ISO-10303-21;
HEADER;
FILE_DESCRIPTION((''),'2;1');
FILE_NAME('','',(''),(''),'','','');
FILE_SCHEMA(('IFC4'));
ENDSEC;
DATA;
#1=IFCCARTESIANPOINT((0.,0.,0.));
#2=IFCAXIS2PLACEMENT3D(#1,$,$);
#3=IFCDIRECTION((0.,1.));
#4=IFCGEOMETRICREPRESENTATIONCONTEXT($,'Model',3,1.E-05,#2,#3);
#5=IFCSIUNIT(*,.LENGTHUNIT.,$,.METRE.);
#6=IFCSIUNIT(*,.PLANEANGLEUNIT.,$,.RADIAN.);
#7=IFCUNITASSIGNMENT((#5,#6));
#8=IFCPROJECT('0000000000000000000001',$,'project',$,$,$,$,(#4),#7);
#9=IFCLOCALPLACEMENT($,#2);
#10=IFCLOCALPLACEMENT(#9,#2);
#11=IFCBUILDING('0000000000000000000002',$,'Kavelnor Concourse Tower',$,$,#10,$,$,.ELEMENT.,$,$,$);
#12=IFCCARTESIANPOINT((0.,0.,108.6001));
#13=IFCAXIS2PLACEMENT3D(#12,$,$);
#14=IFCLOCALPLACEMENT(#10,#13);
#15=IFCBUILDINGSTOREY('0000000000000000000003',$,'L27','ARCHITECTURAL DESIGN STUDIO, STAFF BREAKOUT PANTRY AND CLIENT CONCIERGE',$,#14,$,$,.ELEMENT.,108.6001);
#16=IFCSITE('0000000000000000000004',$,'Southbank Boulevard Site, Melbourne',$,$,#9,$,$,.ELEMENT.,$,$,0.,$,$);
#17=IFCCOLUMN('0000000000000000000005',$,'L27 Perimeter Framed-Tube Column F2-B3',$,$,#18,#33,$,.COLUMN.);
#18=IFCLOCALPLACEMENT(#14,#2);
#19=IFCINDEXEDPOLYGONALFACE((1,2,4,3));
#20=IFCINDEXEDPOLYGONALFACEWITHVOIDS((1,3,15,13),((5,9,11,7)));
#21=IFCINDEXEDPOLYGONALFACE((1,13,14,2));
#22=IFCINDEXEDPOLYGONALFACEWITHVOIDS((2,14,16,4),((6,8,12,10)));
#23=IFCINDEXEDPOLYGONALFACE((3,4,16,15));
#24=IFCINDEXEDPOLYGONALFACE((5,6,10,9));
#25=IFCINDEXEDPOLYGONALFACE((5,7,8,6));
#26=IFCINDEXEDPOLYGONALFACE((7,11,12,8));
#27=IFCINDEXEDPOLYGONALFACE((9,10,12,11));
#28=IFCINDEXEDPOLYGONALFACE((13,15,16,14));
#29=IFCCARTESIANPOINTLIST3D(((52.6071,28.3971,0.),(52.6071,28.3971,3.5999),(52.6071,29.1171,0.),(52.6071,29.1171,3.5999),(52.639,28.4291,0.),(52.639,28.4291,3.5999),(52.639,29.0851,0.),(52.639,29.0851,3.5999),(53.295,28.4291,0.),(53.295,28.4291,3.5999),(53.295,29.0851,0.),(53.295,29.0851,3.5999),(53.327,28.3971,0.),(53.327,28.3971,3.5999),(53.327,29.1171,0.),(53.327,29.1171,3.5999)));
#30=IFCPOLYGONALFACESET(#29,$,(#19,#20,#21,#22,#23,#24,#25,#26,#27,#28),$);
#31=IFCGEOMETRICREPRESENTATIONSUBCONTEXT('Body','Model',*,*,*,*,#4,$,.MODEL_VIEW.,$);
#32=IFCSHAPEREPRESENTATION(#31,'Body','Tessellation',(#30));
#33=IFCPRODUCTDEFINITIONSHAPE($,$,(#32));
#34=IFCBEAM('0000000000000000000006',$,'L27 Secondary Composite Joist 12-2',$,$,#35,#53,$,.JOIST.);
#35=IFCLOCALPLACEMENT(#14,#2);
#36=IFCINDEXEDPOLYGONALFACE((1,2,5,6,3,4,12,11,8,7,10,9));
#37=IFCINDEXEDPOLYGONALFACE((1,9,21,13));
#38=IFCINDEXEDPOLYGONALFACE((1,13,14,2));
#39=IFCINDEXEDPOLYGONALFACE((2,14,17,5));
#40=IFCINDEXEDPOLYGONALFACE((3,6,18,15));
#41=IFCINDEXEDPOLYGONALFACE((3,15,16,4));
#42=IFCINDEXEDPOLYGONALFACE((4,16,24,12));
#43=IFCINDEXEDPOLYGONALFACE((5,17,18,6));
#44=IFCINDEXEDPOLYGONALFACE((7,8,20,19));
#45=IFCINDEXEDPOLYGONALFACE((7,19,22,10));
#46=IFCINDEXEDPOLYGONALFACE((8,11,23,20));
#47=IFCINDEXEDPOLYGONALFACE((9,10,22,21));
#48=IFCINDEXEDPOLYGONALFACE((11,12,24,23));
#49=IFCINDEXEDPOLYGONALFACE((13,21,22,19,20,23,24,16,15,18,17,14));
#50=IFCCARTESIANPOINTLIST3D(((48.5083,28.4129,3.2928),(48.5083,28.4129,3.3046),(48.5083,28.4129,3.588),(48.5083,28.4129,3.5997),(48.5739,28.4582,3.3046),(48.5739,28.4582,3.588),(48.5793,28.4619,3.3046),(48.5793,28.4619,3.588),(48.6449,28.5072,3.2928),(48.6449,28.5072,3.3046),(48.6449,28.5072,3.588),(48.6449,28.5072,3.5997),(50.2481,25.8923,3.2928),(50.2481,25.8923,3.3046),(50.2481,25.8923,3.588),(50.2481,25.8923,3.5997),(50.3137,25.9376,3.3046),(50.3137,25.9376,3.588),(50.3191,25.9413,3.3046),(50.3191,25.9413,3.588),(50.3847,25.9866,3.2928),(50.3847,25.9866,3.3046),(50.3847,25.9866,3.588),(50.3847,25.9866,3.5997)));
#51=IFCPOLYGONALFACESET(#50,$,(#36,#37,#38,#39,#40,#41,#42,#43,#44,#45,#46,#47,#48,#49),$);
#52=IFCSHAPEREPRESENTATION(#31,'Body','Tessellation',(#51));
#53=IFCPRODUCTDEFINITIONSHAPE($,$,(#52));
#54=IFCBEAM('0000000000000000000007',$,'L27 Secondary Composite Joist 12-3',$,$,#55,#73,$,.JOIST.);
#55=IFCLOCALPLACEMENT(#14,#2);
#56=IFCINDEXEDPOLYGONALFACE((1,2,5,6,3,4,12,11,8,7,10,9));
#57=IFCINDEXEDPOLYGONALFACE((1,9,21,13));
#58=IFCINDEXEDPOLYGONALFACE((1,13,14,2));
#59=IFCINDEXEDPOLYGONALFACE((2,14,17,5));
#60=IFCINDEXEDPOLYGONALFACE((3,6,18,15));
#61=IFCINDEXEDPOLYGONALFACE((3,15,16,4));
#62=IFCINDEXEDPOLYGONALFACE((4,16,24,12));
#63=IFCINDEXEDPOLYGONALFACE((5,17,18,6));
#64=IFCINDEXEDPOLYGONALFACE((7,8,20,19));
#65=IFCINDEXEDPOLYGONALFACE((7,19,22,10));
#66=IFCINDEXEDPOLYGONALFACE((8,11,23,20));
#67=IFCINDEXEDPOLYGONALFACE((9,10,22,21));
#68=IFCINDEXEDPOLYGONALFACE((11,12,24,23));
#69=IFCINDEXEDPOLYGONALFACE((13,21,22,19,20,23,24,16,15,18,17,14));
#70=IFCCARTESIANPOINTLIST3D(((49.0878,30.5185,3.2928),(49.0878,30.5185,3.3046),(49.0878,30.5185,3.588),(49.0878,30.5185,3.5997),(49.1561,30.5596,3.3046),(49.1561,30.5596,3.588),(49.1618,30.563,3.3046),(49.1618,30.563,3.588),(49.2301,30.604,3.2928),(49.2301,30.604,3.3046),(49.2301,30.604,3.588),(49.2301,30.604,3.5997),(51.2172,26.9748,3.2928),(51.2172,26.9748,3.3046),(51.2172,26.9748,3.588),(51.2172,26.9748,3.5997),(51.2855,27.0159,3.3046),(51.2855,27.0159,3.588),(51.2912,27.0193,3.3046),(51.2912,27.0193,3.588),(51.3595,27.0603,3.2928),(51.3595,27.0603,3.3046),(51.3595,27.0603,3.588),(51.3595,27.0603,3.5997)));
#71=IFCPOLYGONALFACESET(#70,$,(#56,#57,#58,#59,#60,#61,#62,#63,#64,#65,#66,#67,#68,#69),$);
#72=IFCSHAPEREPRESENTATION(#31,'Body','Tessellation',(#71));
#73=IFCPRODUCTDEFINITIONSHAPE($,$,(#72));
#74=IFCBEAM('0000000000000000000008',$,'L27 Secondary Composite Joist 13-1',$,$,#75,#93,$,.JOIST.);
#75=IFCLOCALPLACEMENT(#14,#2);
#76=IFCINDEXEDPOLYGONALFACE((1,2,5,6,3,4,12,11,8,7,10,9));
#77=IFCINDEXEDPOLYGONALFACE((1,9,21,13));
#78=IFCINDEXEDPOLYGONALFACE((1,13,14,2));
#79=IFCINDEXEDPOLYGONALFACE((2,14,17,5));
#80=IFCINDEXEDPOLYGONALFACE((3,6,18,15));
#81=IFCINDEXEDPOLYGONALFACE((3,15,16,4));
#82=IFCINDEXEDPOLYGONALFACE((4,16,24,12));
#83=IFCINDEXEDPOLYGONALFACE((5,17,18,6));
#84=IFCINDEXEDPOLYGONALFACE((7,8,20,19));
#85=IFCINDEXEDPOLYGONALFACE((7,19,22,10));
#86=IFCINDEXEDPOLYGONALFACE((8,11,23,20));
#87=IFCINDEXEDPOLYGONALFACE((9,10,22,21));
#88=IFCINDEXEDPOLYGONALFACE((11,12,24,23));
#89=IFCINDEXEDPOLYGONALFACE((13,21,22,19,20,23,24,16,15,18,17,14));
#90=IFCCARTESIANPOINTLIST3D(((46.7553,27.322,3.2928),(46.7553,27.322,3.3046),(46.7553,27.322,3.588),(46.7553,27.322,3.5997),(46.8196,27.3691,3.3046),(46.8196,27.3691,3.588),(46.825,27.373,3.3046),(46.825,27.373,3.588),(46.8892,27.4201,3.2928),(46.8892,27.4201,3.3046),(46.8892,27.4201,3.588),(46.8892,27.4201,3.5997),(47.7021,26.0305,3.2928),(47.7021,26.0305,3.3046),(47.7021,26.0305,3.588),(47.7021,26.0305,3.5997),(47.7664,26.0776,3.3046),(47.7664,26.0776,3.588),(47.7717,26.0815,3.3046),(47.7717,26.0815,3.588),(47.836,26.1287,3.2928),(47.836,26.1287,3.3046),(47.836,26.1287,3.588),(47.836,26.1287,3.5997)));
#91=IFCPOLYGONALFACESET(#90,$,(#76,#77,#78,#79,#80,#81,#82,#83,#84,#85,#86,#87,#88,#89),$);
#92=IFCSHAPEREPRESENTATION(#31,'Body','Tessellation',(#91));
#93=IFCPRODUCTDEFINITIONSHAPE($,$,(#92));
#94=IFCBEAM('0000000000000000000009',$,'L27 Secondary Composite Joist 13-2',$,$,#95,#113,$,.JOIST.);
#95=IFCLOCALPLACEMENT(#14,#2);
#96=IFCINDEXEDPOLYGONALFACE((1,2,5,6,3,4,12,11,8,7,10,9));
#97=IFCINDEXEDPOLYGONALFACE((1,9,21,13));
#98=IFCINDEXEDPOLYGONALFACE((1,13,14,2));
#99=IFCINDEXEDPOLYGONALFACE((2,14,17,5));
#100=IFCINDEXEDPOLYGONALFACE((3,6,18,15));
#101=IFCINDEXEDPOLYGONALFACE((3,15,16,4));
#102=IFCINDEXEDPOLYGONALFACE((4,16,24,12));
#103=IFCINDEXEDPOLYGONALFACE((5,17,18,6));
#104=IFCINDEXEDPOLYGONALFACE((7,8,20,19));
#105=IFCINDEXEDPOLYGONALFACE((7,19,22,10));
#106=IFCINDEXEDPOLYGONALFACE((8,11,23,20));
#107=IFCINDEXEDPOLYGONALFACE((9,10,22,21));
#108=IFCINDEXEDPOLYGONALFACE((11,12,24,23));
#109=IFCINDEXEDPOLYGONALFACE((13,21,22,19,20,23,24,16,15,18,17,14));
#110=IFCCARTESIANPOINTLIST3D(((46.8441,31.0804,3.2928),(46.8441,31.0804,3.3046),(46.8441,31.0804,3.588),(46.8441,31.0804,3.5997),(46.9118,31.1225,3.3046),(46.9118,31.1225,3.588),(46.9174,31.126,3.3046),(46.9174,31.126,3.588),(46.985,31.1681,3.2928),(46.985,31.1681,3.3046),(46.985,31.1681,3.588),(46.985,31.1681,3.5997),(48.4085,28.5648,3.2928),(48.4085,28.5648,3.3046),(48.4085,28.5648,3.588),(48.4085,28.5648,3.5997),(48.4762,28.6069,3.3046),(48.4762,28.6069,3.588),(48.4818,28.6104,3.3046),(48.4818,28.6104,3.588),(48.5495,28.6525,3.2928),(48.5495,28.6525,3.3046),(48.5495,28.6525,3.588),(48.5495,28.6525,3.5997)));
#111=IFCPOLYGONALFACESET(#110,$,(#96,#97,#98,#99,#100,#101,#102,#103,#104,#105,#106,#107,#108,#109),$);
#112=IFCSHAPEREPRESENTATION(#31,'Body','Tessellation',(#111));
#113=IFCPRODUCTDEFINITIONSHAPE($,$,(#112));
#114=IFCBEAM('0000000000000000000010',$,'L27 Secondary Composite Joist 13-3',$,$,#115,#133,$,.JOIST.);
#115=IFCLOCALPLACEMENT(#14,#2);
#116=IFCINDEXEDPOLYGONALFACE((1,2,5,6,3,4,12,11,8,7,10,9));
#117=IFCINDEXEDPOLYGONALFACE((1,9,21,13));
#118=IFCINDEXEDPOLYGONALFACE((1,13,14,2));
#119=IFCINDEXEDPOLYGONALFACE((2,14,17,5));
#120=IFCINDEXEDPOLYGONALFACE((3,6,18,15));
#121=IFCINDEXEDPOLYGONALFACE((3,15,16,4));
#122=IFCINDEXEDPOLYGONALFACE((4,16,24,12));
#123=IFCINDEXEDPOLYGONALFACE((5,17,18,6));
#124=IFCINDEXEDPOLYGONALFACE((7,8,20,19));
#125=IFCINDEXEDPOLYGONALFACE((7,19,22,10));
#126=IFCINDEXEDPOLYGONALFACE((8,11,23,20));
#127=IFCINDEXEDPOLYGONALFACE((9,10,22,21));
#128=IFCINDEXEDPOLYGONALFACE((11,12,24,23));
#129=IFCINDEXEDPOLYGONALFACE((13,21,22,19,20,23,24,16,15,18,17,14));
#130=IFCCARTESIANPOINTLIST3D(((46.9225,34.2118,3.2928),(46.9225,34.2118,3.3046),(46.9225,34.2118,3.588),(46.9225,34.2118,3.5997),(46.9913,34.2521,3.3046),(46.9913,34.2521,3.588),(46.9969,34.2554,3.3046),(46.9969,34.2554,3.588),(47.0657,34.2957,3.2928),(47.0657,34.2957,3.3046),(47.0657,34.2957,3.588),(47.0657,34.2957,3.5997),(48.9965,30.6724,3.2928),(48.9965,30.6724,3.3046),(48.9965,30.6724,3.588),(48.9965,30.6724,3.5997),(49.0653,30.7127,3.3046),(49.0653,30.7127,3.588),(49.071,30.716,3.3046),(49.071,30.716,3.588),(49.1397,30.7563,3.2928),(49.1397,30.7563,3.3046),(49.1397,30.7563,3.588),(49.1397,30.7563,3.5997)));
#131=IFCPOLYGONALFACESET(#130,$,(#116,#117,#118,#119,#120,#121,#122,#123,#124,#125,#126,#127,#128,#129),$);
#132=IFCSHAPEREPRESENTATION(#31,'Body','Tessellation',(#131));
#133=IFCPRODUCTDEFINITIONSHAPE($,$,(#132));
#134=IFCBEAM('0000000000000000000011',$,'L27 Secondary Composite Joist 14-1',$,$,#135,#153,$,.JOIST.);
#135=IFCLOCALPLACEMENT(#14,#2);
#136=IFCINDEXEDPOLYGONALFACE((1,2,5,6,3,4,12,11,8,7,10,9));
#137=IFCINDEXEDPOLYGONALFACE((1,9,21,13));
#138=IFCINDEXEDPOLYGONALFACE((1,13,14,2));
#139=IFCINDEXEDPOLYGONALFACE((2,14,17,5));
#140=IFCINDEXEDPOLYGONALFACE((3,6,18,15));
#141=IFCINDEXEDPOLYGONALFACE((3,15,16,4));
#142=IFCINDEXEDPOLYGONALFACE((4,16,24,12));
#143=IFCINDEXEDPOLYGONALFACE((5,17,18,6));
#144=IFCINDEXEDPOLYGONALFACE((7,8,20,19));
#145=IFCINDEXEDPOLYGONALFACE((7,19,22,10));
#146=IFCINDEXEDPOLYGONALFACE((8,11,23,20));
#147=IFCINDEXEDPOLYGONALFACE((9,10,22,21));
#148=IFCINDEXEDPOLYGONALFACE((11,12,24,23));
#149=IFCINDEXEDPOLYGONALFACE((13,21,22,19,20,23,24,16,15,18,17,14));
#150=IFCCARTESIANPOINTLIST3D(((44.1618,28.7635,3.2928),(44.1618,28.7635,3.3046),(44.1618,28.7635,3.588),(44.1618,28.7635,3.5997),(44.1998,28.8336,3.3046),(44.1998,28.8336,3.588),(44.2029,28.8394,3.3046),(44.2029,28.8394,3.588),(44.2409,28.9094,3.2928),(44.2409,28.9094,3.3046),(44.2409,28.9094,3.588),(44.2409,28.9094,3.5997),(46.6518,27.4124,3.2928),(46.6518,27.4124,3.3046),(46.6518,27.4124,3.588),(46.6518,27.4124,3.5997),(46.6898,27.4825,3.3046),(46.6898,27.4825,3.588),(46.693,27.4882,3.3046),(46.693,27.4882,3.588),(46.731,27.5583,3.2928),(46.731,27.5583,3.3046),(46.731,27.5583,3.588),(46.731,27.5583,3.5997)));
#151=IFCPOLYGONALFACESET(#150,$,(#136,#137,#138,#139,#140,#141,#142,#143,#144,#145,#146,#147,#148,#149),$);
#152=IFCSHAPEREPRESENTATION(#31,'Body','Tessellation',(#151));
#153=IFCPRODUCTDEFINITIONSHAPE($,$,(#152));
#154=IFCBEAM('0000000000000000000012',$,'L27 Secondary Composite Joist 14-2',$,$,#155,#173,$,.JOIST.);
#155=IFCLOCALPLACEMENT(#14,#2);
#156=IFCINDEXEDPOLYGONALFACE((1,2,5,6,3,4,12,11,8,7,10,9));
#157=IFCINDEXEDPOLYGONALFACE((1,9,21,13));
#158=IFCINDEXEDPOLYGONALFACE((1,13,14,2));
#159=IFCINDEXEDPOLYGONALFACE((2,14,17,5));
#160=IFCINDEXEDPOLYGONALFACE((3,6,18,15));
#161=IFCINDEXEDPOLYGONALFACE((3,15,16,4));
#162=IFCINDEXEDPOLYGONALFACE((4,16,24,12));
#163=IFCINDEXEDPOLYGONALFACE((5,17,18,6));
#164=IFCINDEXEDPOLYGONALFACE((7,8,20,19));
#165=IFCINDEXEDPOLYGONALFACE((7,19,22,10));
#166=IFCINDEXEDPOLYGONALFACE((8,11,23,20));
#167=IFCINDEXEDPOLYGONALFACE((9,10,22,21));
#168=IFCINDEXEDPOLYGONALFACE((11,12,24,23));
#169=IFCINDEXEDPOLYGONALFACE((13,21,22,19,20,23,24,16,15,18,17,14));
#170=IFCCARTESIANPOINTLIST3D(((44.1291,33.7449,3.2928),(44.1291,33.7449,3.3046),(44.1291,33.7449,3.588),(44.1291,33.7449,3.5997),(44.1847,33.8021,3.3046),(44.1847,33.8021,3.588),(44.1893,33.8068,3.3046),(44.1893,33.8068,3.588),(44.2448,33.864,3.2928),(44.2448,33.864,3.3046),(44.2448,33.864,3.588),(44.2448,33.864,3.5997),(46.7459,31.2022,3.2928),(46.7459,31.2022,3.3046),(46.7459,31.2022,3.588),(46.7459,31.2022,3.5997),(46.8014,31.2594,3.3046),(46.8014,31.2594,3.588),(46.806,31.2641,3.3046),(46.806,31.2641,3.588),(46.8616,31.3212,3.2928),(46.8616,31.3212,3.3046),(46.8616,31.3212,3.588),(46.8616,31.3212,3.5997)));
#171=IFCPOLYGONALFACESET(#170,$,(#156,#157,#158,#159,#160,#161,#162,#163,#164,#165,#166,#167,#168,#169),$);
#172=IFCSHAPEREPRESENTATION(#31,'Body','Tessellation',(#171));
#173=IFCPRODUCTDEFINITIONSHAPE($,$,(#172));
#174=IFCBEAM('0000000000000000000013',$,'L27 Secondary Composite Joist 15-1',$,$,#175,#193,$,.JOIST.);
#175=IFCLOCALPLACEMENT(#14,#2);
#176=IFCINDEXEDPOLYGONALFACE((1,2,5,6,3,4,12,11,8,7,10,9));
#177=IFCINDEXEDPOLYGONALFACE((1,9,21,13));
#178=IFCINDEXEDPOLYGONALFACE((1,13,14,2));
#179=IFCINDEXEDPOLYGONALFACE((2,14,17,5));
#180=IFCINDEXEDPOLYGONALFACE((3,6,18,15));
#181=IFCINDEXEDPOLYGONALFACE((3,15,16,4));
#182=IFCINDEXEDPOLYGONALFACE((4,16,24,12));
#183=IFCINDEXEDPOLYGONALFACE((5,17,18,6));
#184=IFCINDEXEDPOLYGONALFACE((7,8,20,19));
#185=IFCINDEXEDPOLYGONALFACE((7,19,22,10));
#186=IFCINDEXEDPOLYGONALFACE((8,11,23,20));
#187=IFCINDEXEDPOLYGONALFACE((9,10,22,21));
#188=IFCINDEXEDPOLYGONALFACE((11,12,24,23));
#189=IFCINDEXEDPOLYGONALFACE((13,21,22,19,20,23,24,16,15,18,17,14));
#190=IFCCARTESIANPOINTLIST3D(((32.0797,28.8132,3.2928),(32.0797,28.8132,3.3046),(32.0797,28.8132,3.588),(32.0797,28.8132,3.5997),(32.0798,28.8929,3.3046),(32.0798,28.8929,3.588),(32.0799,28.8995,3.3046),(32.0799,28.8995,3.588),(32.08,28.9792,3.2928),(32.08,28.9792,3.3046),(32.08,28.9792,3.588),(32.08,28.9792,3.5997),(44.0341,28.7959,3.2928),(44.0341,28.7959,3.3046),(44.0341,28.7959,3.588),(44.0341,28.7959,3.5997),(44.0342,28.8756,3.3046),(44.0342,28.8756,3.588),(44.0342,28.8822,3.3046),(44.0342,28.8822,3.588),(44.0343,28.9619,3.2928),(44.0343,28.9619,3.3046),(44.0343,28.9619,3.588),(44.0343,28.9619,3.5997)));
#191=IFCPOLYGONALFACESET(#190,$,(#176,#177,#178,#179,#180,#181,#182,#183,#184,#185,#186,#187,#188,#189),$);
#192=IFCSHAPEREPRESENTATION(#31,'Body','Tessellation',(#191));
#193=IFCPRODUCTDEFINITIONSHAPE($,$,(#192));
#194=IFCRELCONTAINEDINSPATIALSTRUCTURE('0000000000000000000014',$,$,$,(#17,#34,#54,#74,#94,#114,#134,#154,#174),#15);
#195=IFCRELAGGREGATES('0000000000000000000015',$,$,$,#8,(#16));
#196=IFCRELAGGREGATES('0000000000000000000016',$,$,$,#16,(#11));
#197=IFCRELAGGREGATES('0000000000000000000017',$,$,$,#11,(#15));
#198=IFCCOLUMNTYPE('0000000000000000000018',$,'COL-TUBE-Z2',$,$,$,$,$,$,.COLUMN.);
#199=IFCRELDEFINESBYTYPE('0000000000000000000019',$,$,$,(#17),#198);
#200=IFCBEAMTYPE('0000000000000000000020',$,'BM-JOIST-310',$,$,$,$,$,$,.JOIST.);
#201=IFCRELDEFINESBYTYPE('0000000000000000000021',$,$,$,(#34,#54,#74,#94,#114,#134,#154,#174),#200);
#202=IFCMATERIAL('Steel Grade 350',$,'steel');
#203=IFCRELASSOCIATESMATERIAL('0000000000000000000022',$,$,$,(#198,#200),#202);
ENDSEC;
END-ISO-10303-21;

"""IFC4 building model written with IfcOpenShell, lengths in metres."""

from ifc_helpers import new_model, si_unit, direction, frame, origin, origin_2d, place, context, subcontext, project, spatial, hollow_rectangle, i_section, extrude, material, material_profile, profile_set, type_object, element, save


model = new_model("IFC4")

# Units and contexts
model_context = context("Model", 3, precision=1e-05, world=origin(), true_north=direction((0.0, 1.0)))
body_context = subcontext(model_context, "Body", "Model", "MODEL_VIEW")
ifc_project = project(units=[si_unit("LENGTHUNIT", "METRE"), si_unit("PLANEANGLEUNIT", "RADIAN")], contexts=[model_context])

# Site, building, storey
site_placement = place(None, origin())
site = spatial("IfcSite", under=ifc_project, at=site_placement, Name="Southbank Boulevard Site, Melbourne", CompositionType="ELEMENT", RefElevation=0.0)
building_placement = place(site_placement, origin())
building = spatial("IfcBuilding", under=site, at=building_placement, Name="Kavelnor Concourse Tower", CompositionType="ELEMENT")
storey_placement = place(building_placement, frame((0.0, 0.0, 108.6001)))
storey = spatial("IfcBuildingStorey", under=building, at=storey_placement, Name="L27", Description="ARCHITECTURAL DESIGN STUDIO, STAFF BREAKOUT PANTRY AND CLIENT CONCIERGE", CompositionType="ELEMENT", Elevation=108.6001)

# Column
ifc_material_1 = material(Name="Steel Grade 350", Category="steel")
ifc_material_profile_1 = material_profile(ifc_material_1, hollow_rectangle(XDim=0.72, YDim=0.72, WallThickness=0.032, at=origin_2d()), Name="SHS 720x720x32")
ifc_profile_set_1 = profile_set([ifc_material_profile_1], Name="Steel Grade 350")
column_type = type_object("IfcColumnType", Name="COL-TUBE-Z2", PredefinedType="COLUMN", material=ifc_profile_set_1)
column_placement = place(storey_placement, frame((52.967, 28.7571, 0.0), z_axis=(0.0, 0.0, 1.0), x_axis=(1.0, 0.0, 0.0)))
element("IfcColumn", 1, at=column_placement, inside=storey, type_object=column_type, Name="L27 Perimeter Framed-Tube Column F2-B3", PredefinedType="COLUMN", context=body_context, shape_type="SweptSolid", body=[
    extrude(hollow_rectangle(XDim=0.72, YDim=0.72, WallThickness=0.032, at=origin_2d()), origin(), (0.0, 0.0, 1.0), 3.5999),
])

# Beams
ifc_material_profile_2 = material_profile(ifc_material_1, i_section(OverallWidth=0.166, OverallDepth=0.3069, WebThickness=0.0066, FlangeThickness=0.0117, at=origin_2d()), Name="310UB46")
ifc_profile_set_2 = profile_set([ifc_material_profile_2], Name="Steel Grade 350")
beam_type_1 = type_object("IfcBeamType", Name="BM-JOIST-310", PredefinedType="JOIST", material=ifc_profile_set_2)
beam_1_placement = place(storey_placement, frame((50.3164, 25.9395, 3.4463), z_axis=(-0.568057, 0.822989, 0.0), x_axis=(-0.822989, -0.568057, 0.0)))
element("IfcBeam", 2, at=beam_1_placement, inside=storey, type_object=beam_type_1, Name="L27 Secondary Composite Joist 12-2", PredefinedType="JOIST", context=body_context, shape_type="SweptSolid", body=[
    extrude(i_section(OverallWidth=0.166, OverallDepth=0.3069, WebThickness=0.0066, FlangeThickness=0.0117, at=origin_2d()), origin(), (0.0, 0.0, 1.0), 3.0627),
])
beam_2_placement = place(storey_placement, frame((51.2883, 27.0176, 3.4463), z_axis=(-0.51506, 0.857154, 0.0), x_axis=(-0.857154, -0.51506, 0.0)))
element("IfcBeam", 3, at=beam_2_placement, inside=storey, type_object=beam_type_1, Name="L27 Secondary Composite Joist 12-3", PredefinedType="JOIST", context=body_context, shape_type="SweptSolid", body=[
    extrude(i_section(OverallWidth=0.166, OverallDepth=0.3069, WebThickness=0.0066, FlangeThickness=0.0117, at=origin_2d()), origin(), (0.0, 0.0, 1.0), 4.1343),
])
beam_3_placement = place(storey_placement, frame((47.769, 26.0796, 3.4463), z_axis=(-0.591231, 0.806502, 0.0), x_axis=(-0.806502, -0.591231, 0.0)))
element("IfcBeam", 4, at=beam_3_placement, inside=storey, type_object=beam_type_1, Name="L27 Secondary Composite Joist 13-1", PredefinedType="JOIST", context=body_context, shape_type="SweptSolid", body=[
    extrude(i_section(OverallWidth=0.166, OverallDepth=0.3069, WebThickness=0.0066, FlangeThickness=0.0117, at=origin_2d()), origin(), (0.0, 0.0, 1.0), 1.6013),
])
beam_4_placement = place(storey_placement, frame((48.479, 28.6086, 3.4463), z_axis=(-0.528101, 0.849181, 0.0), x_axis=(-0.849181, -0.528101, 0.0)))
element("IfcBeam", 5, at=beam_4_placement, inside=storey, type_object=beam_type_1, Name="L27 Secondary Composite Joist 13-2", PredefinedType="JOIST", context=body_context, shape_type="SweptSolid", body=[
    extrude(i_section(OverallWidth=0.166, OverallDepth=0.3069, WebThickness=0.0066, FlangeThickness=0.0117, at=origin_2d()), origin(), (0.0, 0.0, 1.0), 2.9624),
])
beam_5_placement = place(storey_placement, frame((49.0681, 30.7144, 3.4463), z_axis=(-0.505576, 0.862782, 0.0), x_axis=(-0.862782, -0.505576, 0.0)))
element("IfcBeam", 6, at=beam_5_placement, inside=storey, type_object=beam_type_1, Name="L27 Secondary Composite Joist 13-3", PredefinedType="JOIST", context=body_context, shape_type="SweptSolid", body=[
    extrude(i_section(OverallWidth=0.166, OverallDepth=0.3069, WebThickness=0.0066, FlangeThickness=0.0117, at=origin_2d()), origin(), (0.0, 0.0, 1.0), 4.1023),
])
beam_6_placement = place(storey_placement, frame((46.6914, 27.4854, 3.4463), z_axis=(-0.878947, 0.476919, 0.0), x_axis=(-0.476919, -0.878947, 0.0)))
element("IfcBeam", 7, at=beam_6_placement, inside=storey, type_object=beam_type_1, Name="L27 Secondary Composite Joist 14-1", PredefinedType="JOIST", context=body_context, shape_type="SweptSolid", body=[
    extrude(i_section(OverallWidth=0.166, OverallDepth=0.3069, WebThickness=0.0066, FlangeThickness=0.0117, at=origin_2d()), origin(), (0.0, 0.0, 1.0), 2.833),
])
beam_7_placement = place(storey_placement, frame((46.8037, 31.2617, 3.4463), z_axis=(-0.717171, 0.696897, 0.0), x_axis=(-0.696897, -0.717171, 0.0)))
element("IfcBeam", 8, at=beam_7_placement, inside=storey, type_object=beam_type_1, Name="L27 Secondary Composite Joist 14-2", PredefinedType="JOIST", context=body_context, shape_type="SweptSolid", body=[
    extrude(i_section(OverallWidth=0.166, OverallDepth=0.3069, WebThickness=0.0066, FlangeThickness=0.0117, at=origin_2d()), origin(), (0.0, 0.0, 1.0), 3.6487),
])
beam_8_placement = place(storey_placement, frame((44.0342, 28.8789, 3.4463), z_axis=(-0.999999, 0.00145, 0.0), x_axis=(-0.00145, -0.999999, 0.0)))
element("IfcBeam", 9, at=beam_8_placement, inside=storey, type_object=beam_type_1, Name="L27 Secondary Composite Joist 15-1", PredefinedType="JOIST", context=body_context, shape_type="SweptSolid", body=[
    extrude(i_section(OverallWidth=0.166, OverallDepth=0.3069, WebThickness=0.0066, FlangeThickness=0.0117, at=origin_2d()), origin(), (0.0, 0.0, 1.0), 11.9543),
])

save(model, "model.ifc")
